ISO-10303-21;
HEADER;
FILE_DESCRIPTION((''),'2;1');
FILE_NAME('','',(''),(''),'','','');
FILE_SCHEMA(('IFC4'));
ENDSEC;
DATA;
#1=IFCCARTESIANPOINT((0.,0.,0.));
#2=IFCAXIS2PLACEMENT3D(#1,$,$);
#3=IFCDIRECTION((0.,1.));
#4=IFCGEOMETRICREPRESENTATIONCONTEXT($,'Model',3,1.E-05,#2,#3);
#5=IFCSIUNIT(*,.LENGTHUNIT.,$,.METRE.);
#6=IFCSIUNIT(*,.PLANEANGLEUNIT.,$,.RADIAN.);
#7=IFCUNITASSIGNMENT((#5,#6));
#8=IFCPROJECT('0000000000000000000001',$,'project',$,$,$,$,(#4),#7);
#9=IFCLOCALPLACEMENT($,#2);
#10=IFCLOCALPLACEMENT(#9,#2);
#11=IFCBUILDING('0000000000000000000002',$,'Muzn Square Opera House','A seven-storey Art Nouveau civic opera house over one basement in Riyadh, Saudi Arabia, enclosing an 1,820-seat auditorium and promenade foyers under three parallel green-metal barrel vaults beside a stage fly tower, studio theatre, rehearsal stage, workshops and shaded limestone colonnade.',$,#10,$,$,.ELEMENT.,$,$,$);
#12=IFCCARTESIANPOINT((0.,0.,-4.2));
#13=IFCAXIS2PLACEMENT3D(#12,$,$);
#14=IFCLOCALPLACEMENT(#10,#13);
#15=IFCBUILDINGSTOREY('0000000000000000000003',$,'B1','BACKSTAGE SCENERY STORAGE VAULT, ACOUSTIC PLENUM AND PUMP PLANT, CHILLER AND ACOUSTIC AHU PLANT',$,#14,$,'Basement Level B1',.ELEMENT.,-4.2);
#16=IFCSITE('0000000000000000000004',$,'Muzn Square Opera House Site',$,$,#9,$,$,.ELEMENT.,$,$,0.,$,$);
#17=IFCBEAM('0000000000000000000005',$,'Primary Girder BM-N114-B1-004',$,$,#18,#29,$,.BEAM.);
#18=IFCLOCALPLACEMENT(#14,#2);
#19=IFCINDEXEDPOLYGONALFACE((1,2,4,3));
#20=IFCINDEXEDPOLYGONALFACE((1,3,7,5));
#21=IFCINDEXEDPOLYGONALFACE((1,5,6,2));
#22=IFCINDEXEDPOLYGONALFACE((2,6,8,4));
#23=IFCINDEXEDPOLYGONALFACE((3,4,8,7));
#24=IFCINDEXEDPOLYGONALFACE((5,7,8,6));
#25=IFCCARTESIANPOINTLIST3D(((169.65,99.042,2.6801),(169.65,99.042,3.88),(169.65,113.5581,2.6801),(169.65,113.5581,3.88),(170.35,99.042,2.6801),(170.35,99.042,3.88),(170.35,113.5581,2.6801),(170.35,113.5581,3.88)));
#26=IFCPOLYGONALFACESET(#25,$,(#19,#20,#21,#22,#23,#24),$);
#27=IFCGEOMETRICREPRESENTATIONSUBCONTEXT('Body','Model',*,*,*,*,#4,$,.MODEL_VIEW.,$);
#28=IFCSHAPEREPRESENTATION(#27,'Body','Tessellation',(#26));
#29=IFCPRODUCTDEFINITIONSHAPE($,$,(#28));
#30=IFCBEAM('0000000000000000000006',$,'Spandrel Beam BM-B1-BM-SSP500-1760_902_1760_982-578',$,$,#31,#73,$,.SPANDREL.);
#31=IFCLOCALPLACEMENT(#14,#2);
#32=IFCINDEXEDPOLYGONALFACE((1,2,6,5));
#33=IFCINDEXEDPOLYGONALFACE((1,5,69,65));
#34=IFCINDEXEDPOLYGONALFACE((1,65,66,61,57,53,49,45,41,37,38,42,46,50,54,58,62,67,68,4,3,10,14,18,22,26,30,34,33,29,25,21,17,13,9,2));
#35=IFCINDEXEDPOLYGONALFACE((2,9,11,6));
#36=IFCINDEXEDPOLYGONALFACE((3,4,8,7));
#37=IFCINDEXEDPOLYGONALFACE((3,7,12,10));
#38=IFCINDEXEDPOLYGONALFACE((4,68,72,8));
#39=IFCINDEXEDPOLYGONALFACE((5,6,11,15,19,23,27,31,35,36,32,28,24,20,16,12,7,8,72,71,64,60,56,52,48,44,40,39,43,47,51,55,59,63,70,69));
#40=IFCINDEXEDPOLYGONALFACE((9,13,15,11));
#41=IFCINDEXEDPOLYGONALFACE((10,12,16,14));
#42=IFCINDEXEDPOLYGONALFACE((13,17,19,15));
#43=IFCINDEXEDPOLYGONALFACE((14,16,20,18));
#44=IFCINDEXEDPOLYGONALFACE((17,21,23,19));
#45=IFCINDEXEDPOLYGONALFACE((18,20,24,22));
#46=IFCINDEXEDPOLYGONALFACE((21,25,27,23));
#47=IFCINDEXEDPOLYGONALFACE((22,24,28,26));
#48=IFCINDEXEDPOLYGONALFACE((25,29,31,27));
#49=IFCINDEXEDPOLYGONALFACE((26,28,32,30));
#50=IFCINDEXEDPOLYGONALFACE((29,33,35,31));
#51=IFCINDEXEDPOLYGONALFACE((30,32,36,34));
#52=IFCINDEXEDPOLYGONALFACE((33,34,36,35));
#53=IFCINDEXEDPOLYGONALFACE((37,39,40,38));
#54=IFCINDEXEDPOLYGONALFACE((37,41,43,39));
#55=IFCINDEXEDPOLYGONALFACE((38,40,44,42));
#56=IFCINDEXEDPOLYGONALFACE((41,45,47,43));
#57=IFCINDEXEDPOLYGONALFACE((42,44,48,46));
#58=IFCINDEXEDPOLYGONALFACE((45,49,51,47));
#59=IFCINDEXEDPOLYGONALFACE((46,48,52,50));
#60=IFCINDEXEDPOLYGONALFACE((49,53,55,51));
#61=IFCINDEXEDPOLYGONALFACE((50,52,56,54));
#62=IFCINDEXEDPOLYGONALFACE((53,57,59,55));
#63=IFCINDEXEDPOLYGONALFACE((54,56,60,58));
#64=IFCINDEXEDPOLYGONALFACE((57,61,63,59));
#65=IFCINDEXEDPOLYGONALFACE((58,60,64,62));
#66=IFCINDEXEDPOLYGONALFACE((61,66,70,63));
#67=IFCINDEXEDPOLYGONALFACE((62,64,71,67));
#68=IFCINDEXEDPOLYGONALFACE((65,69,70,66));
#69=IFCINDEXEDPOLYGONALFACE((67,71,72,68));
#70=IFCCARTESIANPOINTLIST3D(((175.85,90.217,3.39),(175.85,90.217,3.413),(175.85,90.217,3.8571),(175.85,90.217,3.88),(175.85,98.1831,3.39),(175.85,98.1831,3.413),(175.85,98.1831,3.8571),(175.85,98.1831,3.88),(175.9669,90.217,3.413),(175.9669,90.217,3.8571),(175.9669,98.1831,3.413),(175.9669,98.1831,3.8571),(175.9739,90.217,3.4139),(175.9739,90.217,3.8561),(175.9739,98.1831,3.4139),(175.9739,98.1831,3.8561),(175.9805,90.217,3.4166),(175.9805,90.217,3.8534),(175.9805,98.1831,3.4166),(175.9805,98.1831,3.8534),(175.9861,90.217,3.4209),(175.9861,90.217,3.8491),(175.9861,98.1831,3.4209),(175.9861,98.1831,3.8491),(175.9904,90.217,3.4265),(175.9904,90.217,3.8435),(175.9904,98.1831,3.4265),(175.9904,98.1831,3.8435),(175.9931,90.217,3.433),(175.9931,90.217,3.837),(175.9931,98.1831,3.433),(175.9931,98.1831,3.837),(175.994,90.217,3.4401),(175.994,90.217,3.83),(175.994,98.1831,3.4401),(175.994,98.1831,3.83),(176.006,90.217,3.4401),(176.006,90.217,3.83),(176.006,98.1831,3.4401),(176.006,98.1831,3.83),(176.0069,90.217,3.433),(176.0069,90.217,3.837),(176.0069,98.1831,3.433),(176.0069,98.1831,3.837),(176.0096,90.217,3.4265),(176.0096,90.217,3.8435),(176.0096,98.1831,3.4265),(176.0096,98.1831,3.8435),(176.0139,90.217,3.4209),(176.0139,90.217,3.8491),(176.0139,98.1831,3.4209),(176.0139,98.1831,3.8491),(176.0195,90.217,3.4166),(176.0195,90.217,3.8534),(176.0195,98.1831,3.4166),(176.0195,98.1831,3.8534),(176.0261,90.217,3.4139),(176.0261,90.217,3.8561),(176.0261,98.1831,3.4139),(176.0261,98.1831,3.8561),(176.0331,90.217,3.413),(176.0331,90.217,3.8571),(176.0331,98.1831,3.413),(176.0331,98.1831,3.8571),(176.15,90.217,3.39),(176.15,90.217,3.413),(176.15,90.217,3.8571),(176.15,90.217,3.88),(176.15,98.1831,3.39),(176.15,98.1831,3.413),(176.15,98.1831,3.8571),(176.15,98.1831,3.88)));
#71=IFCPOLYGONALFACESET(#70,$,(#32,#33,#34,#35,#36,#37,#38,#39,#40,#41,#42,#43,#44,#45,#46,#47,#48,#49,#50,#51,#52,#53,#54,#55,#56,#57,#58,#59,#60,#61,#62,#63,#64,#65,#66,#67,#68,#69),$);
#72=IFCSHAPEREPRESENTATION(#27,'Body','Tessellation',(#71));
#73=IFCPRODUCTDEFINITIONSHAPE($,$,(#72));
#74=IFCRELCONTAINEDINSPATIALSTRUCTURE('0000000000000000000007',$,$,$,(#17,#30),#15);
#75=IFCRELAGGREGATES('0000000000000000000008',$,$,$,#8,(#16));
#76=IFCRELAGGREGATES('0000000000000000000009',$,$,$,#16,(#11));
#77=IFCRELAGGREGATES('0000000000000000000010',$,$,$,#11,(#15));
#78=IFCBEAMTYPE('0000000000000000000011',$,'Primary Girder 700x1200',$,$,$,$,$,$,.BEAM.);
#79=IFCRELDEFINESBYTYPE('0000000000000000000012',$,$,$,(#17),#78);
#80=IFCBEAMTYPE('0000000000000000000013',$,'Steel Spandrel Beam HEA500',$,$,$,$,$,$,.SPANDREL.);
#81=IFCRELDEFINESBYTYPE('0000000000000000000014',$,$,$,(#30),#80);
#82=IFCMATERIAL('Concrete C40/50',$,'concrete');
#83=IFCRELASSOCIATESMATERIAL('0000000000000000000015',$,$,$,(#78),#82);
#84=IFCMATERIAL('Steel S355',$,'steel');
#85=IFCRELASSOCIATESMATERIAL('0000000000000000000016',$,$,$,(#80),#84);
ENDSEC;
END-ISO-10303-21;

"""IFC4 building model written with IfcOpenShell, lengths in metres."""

from ifc_helpers import new_model, si_unit, direction, frame, origin, origin_2d, place, context, subcontext, project, spatial, rectangle, i_section, extrude, material, material_profile, profile_set, type_object, element, save


model = new_model("IFC4")

# Units and contexts
model_context = context("Model", 3, precision=1e-05, world=origin(), true_north=direction((0.0, 1.0)))
body_context = subcontext(model_context, "Body", "Model", "MODEL_VIEW")
ifc_project = project(units=[si_unit("LENGTHUNIT", "METRE"), si_unit("PLANEANGLEUNIT", "RADIAN")], contexts=[model_context])

# Site, building, storey
site_placement = place(None, origin())
site = spatial("IfcSite", under=ifc_project, at=site_placement, Name="Muzn Square Opera House Site", CompositionType="ELEMENT", RefElevation=0.0)
building_placement = place(site_placement, origin())
building = spatial("IfcBuilding", under=site, at=building_placement, Name="Muzn Square Opera House", Description="A seven-storey Art Nouveau civic opera house over one basement in Riyadh, Saudi Arabia, enclosing an 1,820-seat auditorium and promenade foyers under three parallel green-metal barrel vaults beside a stage fly tower, studio theatre, rehearsal stage, workshops and shaded limestone colonnade.", CompositionType="ELEMENT")
storey_placement = place(building_placement, frame((0.0, 0.0, -4.2)))
storey = spatial("IfcBuildingStorey", under=building, at=storey_placement, Name="B1", Description="BACKSTAGE SCENERY STORAGE VAULT, ACOUSTIC PLENUM AND PUMP PLANT, CHILLER AND ACOUSTIC AHU PLANT", LongName="Basement Level B1", CompositionType="ELEMENT", Elevation=-4.2)

# Shared definitions
ifc_material_1 = material(Name="Concrete C40/50", Category="concrete")

# Beams
ifc_material_profile_1 = material_profile(ifc_material_1, rectangle(XDim=0.7, YDim=1.2, at=origin_2d()), Name="RCB 700x1200", Category="concrete")
ifc_profile_set_1 = profile_set([ifc_material_profile_1], Name="Concrete C40/50")
beam_type_1 = type_object("IfcBeamType", Name="Primary Girder 700x1200", PredefinedType="BEAM", material=ifc_profile_set_1)
beam_1_placement = place(storey_placement, frame((170.0, 99.042, 3.28), z_axis=(0.0, 1.0, 0.0), x_axis=(-1.0, 0.0, 0.0)))
element("IfcBeam", 1, at=beam_1_placement, inside=storey, type_object=beam_type_1, Name="Primary Girder BM-N114-B1-004", PredefinedType="BEAM", context=body_context, shape_type="SweptSolid", body=[
    extrude(rectangle(XDim=0.7, YDim=1.2, at=origin_2d()), origin(), (0.0, 0.0, 1.0), 14.5161),
])
ifc_material_2 = material(Name="Steel S355", Category="steel")
ifc_material_profile_2 = material_profile(ifc_material_2, i_section(OverallWidth=0.3, OverallDepth=0.49, WebThickness=0.012, FlangeThickness=0.0229, FilletRadius=0.0271, at=origin_2d()), Name="HEA 500", Category="steel")
ifc_profile_set_2 = profile_set([ifc_material_profile_2], Name="Steel S355")
beam_type_2 = type_object("IfcBeamType", Name="Steel Spandrel Beam HEA500", PredefinedType="SPANDREL", material=ifc_profile_set_2)
beam_2_placement = place(storey_placement, frame((176.0, 90.217, 3.635), z_axis=(0.0, 1.0, 0.0), x_axis=(-1.0, 0.0, 0.0)))
element("IfcBeam", 2, at=beam_2_placement, inside=storey, type_object=beam_type_2, Name="Spandrel Beam BM-B1-BM-SSP500-1760_902_1760_982-578", PredefinedType="SPANDREL", context=body_context, shape_type="SweptSolid", body=[
    extrude(i_section(OverallWidth=0.3, OverallDepth=0.49, WebThickness=0.012, FlangeThickness=0.0229, FilletRadius=0.0271, at=origin_2d()), origin(), (0.0, 0.0, 1.0), 7.9661),
])

save(model, "model.ifc")
